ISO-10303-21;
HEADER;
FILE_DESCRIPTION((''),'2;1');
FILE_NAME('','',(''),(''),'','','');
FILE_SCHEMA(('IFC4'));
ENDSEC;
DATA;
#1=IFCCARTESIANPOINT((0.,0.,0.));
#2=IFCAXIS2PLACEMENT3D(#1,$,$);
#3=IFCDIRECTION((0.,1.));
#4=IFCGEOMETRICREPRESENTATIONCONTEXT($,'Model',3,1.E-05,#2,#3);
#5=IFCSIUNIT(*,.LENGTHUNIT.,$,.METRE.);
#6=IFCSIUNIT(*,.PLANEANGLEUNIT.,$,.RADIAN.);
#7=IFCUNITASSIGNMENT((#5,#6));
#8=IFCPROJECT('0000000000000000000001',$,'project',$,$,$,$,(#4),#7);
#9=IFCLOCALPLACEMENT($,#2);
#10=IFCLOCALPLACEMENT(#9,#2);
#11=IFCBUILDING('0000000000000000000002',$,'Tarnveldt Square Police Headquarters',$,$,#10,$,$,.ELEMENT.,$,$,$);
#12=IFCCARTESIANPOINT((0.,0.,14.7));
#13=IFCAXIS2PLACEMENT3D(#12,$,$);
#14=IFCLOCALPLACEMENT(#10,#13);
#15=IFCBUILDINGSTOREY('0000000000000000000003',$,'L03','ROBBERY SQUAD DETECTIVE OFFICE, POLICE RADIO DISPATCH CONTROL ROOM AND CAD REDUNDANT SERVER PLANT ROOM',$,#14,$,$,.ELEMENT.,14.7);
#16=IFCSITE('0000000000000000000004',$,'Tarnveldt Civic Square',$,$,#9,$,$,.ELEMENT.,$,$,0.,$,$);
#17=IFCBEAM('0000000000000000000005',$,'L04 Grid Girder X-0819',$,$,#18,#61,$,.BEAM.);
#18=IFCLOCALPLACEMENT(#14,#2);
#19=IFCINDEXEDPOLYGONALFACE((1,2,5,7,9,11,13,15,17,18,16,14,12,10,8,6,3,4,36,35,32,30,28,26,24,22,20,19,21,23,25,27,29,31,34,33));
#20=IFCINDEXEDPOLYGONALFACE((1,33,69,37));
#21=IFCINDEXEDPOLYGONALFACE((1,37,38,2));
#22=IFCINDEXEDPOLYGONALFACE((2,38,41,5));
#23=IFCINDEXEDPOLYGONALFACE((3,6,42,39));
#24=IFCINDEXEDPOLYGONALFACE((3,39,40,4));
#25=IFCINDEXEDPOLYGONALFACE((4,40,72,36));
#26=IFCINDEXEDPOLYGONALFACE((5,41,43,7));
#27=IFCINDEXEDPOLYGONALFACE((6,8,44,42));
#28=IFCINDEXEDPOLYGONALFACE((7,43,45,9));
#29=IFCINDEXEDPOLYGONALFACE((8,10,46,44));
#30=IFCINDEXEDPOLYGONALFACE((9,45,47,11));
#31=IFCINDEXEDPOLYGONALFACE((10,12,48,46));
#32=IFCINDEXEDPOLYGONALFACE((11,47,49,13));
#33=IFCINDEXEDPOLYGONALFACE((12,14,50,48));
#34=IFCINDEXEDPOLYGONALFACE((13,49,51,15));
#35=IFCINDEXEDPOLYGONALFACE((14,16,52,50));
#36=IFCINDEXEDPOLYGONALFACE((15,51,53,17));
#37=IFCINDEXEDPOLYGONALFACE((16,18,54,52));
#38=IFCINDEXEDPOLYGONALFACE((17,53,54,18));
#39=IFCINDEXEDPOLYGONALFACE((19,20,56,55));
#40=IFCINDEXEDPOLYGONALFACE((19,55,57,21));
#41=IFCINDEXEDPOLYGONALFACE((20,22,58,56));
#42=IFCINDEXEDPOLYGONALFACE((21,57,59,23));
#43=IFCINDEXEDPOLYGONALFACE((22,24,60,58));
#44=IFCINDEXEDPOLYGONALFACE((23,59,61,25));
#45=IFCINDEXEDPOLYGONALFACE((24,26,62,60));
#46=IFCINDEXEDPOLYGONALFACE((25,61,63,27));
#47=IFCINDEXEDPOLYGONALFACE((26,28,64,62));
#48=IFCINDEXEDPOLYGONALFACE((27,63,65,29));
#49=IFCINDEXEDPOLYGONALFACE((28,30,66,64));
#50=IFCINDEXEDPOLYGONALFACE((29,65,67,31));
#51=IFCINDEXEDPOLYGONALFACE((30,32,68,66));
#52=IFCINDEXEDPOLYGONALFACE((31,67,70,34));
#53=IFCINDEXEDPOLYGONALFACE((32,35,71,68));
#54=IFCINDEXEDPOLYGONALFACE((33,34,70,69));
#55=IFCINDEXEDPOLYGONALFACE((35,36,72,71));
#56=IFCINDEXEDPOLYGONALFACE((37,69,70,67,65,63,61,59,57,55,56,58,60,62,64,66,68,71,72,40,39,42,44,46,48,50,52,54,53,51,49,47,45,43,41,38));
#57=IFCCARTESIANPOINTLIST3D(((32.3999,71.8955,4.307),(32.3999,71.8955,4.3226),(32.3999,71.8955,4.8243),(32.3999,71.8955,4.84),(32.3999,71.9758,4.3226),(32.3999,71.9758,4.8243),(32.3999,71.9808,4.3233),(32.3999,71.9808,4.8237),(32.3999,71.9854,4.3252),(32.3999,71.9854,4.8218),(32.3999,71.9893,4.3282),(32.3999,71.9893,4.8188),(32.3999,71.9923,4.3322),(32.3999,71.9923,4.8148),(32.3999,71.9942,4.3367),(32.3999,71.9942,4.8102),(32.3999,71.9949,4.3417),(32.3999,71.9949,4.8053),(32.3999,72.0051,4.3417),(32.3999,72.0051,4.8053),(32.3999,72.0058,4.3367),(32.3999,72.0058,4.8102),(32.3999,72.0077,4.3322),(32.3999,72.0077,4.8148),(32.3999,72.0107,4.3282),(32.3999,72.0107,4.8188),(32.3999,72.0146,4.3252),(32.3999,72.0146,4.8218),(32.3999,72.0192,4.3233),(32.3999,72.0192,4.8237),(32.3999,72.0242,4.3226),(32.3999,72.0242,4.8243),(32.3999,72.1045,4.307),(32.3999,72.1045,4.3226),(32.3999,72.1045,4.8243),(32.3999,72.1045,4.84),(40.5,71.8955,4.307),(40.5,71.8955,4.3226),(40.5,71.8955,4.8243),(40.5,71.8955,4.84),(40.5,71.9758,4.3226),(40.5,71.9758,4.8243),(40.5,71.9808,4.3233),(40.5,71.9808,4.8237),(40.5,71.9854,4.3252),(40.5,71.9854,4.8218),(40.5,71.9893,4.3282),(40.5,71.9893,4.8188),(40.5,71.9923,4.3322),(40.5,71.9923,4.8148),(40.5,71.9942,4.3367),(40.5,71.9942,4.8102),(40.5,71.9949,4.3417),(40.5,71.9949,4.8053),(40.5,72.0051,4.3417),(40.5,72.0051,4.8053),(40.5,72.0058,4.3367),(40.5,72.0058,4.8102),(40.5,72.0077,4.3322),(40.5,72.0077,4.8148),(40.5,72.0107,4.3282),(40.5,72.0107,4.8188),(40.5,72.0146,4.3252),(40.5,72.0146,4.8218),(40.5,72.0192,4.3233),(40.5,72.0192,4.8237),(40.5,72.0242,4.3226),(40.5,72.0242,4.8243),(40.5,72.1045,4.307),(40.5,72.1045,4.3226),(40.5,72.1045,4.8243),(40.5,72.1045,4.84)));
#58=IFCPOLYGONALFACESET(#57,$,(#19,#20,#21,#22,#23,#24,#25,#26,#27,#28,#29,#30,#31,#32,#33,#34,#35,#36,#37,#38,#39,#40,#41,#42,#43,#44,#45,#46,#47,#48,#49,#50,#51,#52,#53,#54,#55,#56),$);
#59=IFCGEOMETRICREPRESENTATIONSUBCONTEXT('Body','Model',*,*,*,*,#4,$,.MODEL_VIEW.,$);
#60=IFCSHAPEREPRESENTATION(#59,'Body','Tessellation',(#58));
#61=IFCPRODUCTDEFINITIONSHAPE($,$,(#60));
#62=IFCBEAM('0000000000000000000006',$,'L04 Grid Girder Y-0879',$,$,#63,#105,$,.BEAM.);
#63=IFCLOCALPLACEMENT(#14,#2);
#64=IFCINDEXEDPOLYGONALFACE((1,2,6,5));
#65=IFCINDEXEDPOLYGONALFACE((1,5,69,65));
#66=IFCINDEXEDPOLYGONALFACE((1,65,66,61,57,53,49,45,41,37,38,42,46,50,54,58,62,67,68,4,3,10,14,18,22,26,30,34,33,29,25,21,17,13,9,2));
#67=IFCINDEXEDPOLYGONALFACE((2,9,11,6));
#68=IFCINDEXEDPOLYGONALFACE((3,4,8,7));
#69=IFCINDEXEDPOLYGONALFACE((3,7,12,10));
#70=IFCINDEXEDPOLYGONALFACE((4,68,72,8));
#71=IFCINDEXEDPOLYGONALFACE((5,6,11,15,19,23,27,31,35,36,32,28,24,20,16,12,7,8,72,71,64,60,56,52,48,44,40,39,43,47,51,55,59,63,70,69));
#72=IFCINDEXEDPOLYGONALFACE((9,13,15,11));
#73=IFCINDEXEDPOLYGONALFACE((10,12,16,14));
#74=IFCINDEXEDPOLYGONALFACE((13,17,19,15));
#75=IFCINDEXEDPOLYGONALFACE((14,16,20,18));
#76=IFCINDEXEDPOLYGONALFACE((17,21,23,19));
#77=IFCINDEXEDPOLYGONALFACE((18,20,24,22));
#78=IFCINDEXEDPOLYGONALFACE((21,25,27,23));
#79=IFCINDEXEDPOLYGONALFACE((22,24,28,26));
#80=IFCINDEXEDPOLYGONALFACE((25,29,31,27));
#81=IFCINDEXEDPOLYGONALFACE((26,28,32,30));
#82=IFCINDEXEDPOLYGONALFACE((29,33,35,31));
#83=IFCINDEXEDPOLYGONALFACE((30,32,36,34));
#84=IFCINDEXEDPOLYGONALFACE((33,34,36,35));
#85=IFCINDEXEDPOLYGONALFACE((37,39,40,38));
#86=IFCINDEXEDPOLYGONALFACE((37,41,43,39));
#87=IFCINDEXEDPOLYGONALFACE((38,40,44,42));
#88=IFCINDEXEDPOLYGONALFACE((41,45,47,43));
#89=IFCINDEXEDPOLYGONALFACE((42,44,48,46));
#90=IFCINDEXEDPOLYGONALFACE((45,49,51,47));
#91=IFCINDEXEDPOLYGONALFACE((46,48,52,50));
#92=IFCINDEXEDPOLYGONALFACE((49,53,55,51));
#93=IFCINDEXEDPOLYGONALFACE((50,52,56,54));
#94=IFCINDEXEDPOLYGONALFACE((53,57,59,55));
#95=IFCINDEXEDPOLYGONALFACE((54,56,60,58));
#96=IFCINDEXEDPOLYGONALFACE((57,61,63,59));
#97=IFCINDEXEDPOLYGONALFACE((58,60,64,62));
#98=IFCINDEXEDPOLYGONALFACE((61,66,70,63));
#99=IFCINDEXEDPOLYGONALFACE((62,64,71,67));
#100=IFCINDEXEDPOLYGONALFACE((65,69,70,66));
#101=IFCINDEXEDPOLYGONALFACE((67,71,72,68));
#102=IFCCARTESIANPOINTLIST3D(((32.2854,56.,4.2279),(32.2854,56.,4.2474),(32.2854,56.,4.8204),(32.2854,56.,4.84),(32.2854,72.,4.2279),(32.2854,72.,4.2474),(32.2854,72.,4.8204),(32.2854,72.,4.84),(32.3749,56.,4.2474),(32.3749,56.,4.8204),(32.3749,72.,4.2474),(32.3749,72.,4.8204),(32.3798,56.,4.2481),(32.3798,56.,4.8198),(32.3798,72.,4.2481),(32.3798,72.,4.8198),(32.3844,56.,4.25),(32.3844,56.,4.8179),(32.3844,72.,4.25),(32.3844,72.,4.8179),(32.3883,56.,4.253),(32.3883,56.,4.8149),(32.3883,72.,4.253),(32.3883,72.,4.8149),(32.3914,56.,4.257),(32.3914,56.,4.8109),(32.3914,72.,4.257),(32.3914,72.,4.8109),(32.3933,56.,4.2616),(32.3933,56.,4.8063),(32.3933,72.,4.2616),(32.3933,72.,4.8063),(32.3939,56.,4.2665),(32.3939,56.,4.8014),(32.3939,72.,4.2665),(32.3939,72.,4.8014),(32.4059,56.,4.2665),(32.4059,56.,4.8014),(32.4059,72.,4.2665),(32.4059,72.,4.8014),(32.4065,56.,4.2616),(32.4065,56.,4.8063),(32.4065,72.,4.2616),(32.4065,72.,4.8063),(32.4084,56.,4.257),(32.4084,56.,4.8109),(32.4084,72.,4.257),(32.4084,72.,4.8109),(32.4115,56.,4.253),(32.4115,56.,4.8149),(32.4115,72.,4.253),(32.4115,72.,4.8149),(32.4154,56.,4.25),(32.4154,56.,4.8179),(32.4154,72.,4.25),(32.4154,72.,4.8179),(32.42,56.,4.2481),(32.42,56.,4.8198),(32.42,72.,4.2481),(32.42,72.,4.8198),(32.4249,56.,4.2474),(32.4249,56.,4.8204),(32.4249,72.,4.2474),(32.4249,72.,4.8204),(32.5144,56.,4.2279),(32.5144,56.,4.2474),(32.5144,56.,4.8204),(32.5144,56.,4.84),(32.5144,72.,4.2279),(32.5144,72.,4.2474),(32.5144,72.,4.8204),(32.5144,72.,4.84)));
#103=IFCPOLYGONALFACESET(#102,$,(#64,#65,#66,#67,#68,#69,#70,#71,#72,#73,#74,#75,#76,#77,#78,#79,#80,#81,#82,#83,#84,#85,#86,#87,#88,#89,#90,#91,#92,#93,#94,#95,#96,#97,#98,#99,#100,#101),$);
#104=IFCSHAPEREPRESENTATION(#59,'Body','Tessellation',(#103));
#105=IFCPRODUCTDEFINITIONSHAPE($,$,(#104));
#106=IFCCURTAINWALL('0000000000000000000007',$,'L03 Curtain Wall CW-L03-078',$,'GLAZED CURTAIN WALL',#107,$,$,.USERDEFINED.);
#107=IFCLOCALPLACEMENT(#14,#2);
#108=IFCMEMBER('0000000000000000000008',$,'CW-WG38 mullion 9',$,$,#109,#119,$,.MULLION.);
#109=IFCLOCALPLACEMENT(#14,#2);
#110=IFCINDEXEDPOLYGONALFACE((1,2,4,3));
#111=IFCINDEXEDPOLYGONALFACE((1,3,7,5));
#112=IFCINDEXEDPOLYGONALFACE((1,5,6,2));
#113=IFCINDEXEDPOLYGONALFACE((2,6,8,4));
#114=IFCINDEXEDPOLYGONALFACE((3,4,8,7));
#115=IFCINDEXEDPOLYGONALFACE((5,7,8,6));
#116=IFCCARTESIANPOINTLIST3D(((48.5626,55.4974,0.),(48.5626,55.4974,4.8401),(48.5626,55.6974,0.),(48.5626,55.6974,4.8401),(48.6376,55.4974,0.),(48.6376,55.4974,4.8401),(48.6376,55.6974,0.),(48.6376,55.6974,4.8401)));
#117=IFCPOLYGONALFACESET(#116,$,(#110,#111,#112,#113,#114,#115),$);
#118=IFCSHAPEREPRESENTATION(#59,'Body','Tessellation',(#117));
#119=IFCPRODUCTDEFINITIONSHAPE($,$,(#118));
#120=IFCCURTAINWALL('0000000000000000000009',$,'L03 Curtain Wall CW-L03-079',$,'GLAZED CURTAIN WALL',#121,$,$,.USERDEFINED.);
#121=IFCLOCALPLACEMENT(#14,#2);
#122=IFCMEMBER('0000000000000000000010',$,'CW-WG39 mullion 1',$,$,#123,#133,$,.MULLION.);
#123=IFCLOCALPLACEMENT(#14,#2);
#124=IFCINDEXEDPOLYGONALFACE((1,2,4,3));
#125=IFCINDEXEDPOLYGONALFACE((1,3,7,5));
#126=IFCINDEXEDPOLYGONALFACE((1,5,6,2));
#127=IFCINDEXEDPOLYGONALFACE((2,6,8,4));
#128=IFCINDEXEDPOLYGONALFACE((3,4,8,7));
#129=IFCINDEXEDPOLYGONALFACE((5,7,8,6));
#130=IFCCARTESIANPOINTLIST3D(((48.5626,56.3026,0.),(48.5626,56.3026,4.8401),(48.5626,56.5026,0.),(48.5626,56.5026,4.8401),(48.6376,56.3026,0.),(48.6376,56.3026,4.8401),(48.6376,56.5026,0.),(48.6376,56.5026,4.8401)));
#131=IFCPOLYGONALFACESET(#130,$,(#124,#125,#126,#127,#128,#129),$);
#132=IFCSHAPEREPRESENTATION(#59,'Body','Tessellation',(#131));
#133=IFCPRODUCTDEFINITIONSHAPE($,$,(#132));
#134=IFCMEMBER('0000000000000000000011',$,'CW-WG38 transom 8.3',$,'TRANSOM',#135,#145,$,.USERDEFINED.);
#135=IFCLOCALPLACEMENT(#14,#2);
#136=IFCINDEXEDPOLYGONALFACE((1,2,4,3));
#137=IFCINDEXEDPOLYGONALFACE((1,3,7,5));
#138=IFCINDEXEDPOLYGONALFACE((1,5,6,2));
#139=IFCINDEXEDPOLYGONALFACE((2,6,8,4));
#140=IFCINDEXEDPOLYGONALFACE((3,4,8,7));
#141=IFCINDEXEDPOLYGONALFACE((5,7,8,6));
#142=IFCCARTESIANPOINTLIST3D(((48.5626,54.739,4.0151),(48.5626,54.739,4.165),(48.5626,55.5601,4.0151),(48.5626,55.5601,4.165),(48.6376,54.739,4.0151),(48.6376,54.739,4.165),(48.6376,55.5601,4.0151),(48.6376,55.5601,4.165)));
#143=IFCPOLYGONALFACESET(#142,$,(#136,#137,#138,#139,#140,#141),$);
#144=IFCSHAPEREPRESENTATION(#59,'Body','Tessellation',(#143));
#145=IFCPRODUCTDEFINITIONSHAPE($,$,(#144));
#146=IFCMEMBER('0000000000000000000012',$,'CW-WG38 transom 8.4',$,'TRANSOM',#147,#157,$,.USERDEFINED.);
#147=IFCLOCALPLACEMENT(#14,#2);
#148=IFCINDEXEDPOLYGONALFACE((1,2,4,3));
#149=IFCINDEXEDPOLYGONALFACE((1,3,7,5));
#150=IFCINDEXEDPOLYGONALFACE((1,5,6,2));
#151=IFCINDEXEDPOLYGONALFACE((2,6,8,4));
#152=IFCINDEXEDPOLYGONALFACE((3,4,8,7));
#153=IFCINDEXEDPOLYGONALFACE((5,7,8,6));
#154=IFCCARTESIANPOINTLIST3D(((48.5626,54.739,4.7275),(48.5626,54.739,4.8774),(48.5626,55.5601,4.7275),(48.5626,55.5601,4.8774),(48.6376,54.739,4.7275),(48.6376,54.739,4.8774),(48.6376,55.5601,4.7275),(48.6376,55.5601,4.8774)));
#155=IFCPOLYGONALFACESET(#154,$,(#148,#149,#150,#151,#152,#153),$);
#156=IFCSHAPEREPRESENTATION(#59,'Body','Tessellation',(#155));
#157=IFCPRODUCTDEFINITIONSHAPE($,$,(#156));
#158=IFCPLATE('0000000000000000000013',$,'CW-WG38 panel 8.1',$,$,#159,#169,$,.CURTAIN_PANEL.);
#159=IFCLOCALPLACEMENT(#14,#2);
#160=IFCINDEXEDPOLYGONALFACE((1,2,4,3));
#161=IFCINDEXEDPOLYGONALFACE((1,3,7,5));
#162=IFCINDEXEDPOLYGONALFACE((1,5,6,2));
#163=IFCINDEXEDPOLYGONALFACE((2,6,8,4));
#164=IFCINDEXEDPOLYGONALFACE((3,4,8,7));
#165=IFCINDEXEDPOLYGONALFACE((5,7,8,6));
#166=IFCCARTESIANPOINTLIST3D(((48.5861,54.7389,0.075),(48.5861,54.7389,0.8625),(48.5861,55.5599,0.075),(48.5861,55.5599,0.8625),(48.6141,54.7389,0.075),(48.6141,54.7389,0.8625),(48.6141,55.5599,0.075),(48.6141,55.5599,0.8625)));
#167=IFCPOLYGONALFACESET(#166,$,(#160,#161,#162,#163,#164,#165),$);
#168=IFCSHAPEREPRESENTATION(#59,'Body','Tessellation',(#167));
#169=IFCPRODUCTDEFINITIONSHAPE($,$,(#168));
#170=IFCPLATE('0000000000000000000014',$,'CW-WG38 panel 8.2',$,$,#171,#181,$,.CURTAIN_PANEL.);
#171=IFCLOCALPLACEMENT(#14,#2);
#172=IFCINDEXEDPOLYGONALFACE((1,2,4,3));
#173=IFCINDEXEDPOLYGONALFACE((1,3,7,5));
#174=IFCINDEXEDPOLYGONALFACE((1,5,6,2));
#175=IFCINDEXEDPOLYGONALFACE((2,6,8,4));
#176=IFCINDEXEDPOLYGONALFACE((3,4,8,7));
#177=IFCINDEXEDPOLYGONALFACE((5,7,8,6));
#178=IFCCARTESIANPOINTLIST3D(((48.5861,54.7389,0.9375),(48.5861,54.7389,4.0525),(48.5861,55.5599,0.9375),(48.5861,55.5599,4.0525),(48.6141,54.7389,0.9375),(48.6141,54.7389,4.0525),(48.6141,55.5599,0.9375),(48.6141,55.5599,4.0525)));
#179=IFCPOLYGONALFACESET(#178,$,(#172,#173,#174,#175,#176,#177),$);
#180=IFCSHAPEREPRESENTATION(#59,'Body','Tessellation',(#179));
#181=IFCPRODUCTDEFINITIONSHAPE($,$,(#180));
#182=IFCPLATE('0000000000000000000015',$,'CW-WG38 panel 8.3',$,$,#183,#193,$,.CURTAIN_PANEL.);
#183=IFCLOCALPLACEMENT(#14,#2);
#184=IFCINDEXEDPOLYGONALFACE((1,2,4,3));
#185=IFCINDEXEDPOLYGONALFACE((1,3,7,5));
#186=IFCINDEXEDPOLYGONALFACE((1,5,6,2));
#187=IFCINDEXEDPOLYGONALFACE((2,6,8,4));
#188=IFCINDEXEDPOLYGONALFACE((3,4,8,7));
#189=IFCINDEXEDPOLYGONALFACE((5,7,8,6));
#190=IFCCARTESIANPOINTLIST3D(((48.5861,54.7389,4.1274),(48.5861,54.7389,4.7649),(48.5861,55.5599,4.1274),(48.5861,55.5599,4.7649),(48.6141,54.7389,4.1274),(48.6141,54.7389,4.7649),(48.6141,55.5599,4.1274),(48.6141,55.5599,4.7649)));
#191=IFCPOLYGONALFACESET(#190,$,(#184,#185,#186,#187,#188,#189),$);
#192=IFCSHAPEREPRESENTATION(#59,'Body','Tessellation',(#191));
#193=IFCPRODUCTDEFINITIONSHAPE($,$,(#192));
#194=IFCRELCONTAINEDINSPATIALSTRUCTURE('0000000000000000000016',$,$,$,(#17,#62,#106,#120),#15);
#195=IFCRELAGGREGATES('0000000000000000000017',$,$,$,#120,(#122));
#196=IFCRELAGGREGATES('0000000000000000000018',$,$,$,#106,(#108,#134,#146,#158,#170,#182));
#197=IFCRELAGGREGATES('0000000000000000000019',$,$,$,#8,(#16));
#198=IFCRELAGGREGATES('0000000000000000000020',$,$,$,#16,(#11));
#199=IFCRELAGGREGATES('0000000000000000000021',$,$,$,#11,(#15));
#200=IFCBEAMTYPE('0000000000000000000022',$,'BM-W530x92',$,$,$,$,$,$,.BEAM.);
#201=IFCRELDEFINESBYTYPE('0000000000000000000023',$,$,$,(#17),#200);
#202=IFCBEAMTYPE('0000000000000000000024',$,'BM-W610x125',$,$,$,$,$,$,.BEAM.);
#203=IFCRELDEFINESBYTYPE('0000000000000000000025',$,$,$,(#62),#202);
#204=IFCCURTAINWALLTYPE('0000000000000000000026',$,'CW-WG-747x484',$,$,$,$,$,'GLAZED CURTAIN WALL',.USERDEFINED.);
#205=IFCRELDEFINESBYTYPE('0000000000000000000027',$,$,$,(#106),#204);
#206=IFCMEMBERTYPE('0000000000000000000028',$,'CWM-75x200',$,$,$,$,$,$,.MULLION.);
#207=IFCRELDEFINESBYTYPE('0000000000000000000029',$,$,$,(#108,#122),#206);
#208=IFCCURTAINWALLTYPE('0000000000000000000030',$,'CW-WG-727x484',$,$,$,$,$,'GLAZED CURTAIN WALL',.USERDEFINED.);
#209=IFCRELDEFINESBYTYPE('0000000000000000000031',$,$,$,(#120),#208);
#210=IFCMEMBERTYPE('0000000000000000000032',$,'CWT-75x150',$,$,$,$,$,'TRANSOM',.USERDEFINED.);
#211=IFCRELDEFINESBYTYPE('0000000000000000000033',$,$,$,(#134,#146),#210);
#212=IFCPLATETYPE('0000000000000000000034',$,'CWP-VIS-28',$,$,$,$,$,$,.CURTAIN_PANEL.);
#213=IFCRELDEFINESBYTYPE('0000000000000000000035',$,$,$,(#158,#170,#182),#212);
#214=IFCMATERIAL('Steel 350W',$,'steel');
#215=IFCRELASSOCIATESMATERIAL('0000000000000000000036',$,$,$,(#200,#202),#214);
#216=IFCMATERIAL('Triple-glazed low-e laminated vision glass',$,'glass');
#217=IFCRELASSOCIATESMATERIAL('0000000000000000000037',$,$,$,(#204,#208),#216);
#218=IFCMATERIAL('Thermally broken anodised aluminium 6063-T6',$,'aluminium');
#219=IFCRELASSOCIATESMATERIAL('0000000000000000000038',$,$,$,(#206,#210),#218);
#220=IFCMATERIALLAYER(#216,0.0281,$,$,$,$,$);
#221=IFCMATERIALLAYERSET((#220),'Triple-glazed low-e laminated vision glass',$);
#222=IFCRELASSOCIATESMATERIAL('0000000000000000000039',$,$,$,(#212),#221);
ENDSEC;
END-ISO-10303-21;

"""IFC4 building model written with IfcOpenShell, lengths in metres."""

from ifc_helpers import new_model, si_unit, direction, frame, origin, origin_2d, place, context, subcontext, project, spatial, rectangle, i_section, extrude, material, layer, layer_set, material_profile, profile_set, type_object, element, aggregate, save


model = new_model("IFC4")

# Units and contexts
model_context = context("Model", 3, precision=1e-05, world=origin(), true_north=direction((0.0, 1.0)))
body_context = subcontext(model_context, "Body", "Model", "MODEL_VIEW")
ifc_project = project(units=[si_unit("LENGTHUNIT", "METRE"), si_unit("PLANEANGLEUNIT", "RADIAN")], contexts=[model_context])

# Site, building, storey
site_placement = place(None, origin())
site = spatial("IfcSite", under=ifc_project, at=site_placement, Name="Tarnveldt Civic Square", CompositionType="ELEMENT", RefElevation=0.0)
building_placement = place(site_placement, origin())
building = spatial("IfcBuilding", under=site, at=building_placement, Name="Tarnveldt Square Police Headquarters", CompositionType="ELEMENT")
storey_placement = place(building_placement, frame((0.0, 0.0, 14.7)))
storey = spatial("IfcBuildingStorey", under=building, at=storey_placement, Name="L03", Description="ROBBERY SQUAD DETECTIVE OFFICE, POLICE RADIO DISPATCH CONTROL ROOM AND CAD REDUNDANT SERVER PLANT ROOM", CompositionType="ELEMENT", Elevation=14.7)

# Shared definitions
ifc_material_1 = material(Name="Steel 350W", Category="steel")

# Beams
ifc_material_profile_1 = material_profile(ifc_material_1, i_section(OverallWidth=0.209, OverallDepth=0.533, WebThickness=0.0103, FlangeThickness=0.0156, FilletRadius=0.019, at=origin_2d()), Name="W530x92")
ifc_profile_set_1 = profile_set([ifc_material_profile_1], Name="Steel 350W")
beam_type_1 = type_object("IfcBeamType", Name="BM-W530x92", PredefinedType="BEAM", material=ifc_profile_set_1)
beam_1_placement = place(storey_placement, frame((32.3999, 72.0, 4.5735), z_axis=(1.0, 0.0, 0.0), x_axis=(0.0, 1.0, 0.0)))
element("IfcBeam", 1, at=beam_1_placement, inside=storey, type_object=beam_type_1, Name="L04 Grid Girder X-0819", PredefinedType="BEAM", context=body_context, shape_type="SweptSolid", body=[
    extrude(i_section(OverallWidth=0.209, OverallDepth=0.533, WebThickness=0.0103, FlangeThickness=0.0156, FilletRadius=0.019, at=origin_2d()), origin(), (0.0, 0.0, 1.0), 8.1001),
])
ifc_material_profile_2 = material_profile(ifc_material_1, i_section(OverallWidth=0.229, OverallDepth=0.6121, WebThickness=0.012, FlangeThickness=0.0195, FilletRadius=0.019, at=origin_2d()), Name="W610x125")
ifc_profile_set_2 = profile_set([ifc_material_profile_2], Name="Steel 350W")
beam_type_2 = type_object("IfcBeamType", Name="BM-W610x125", PredefinedType="BEAM", material=ifc_profile_set_2)
beam_2_placement = place(storey_placement, frame((32.3999, 56.0, 4.5339), z_axis=(0.0, 1.0, 0.0), x_axis=(-1.0, 0.0, 0.0)))
element("IfcBeam", 2, at=beam_2_placement, inside=storey, type_object=beam_type_2, Name="L04 Grid Girder Y-0879", PredefinedType="BEAM", context=body_context, shape_type="SweptSolid", body=[
    extrude(i_section(OverallWidth=0.229, OverallDepth=0.6121, WebThickness=0.012, FlangeThickness=0.0195, FilletRadius=0.019, at=origin_2d()), origin(), (0.0, 0.0, 1.0), 16.0),
])

# Curtain walls, members
ifc_material_2 = material(Name="Triple-glazed low-e laminated vision glass", Category="glass")
curtain_wall_type_1 = type_object("IfcCurtainWallType", Name="CW-WG-747x484", ElementType="GLAZED CURTAIN WALL", PredefinedType="USERDEFINED", material=ifc_material_2)
curtain_wall_1_placement = place(storey_placement, origin())
curtain_wall_1 = element("IfcCurtainWall", 3, at=curtain_wall_1_placement, inside=storey, type_object=curtain_wall_type_1, Name="L03 Curtain Wall CW-L03-078", ObjectType="GLAZED CURTAIN WALL", PredefinedType="USERDEFINED")
ifc_material_3 = material(Name="Thermally broken anodised aluminium 6063-T6", Category="aluminium")
ifc_material_profile_3 = material_profile(ifc_material_3, rectangle(XDim=0.075, YDim=0.2, at=origin_2d()), Name="CW-M75x200")
ifc_profile_set_3 = profile_set([ifc_material_profile_3], Name="Thermally broken anodised aluminium 6063-T6")
member_type_1 = type_object("IfcMemberType", Name="CWM-75x200", PredefinedType="MULLION", material=ifc_profile_set_3)
member_1_placement = place(storey_placement, frame((48.6001, 55.5974, 0.0), z_axis=(0.0, 0.0, 1.0), x_axis=(-1.0, 0.0, 0.0)))
member_1 = element("IfcMember", 4, at=member_1_placement, type_object=member_type_1, Name="CW-WG38 mullion 9", PredefinedType="MULLION", context=body_context, shape_type="SweptSolid", body=[
    extrude(rectangle(XDim=0.075, YDim=0.2, at=origin_2d()), origin(), (0.0, 0.0, 1.0), 4.8401),
])
curtain_wall_type_2 = type_object("IfcCurtainWallType", Name="CW-WG-727x484", ElementType="GLAZED CURTAIN WALL", PredefinedType="USERDEFINED", material=ifc_material_2)
curtain_wall_2_placement = place(storey_placement, origin())
curtain_wall_2 = element("IfcCurtainWall", 5, at=curtain_wall_2_placement, inside=storey, type_object=curtain_wall_type_2, Name="L03 Curtain Wall CW-L03-079", ObjectType="GLAZED CURTAIN WALL", PredefinedType="USERDEFINED")
member_2_placement = place(storey_placement, frame((48.6001, 56.4026, 0.0), z_axis=(0.0, 0.0, 1.0), x_axis=(-1.0, 0.0, 0.0)))
member_2 = element("IfcMember", 6, at=member_2_placement, type_object=member_type_1, Name="CW-WG39 mullion 1", PredefinedType="MULLION", context=body_context, shape_type="SweptSolid", body=[
    extrude(rectangle(XDim=0.075, YDim=0.2, at=origin_2d()), origin(), (0.0, 0.0, 1.0), 4.8401),
])
aggregate(curtain_wall_2, [member_2])

# Members
ifc_material_profile_4 = material_profile(ifc_material_3, rectangle(XDim=0.075, YDim=0.1499, at=origin_2d()), Name="CW-T75x150")
ifc_profile_set_4 = profile_set([ifc_material_profile_4], Name="Thermally broken anodised aluminium 6063-T6")
member_type_2 = type_object("IfcMemberType", Name="CWT-75x150", ElementType="TRANSOM", PredefinedType="USERDEFINED", material=ifc_profile_set_4)
member_3_placement = place(storey_placement, frame((48.6001, 54.739, 4.0901), z_axis=(0.0, 1.0, 0.0), x_axis=(-1.0, 0.0, 0.0)))
member_3 = element("IfcMember", 7, at=member_3_placement, type_object=member_type_2, Name="CW-WG38 transom 8.3", ObjectType="TRANSOM", PredefinedType="USERDEFINED", context=body_context, shape_type="SweptSolid", body=[
    extrude(rectangle(XDim=0.075, YDim=0.1499, at=origin_2d()), origin(), (0.0, 0.0, 1.0), 0.821),
])
member_4_placement = place(storey_placement, frame((48.6001, 54.739, 4.8025), z_axis=(0.0, 1.0, 0.0), x_axis=(-1.0, 0.0, 0.0)))
member_4 = element("IfcMember", 8, at=member_4_placement, type_object=member_type_2, Name="CW-WG38 transom 8.4", ObjectType="TRANSOM", PredefinedType="USERDEFINED", context=body_context, shape_type="SweptSolid", body=[
    extrude(rectangle(XDim=0.075, YDim=0.1499, at=origin_2d()), origin(), (0.0, 0.0, 1.0), 0.821),
])

# Plates
ifc_layer_1 = layer(ifc_material_2, 0.0281)
ifc_layer_set_1 = layer_set([ifc_layer_1], Name="Triple-glazed low-e laminated vision glass")
plate_type = type_object("IfcPlateType", Name="CWP-VIS-28", PredefinedType="CURTAIN_PANEL", material=ifc_layer_set_1)
plate_1_placement = place(storey_placement, frame((48.6001, 55.1494, 0.075), z_axis=(0.0, 0.0, 1.0), x_axis=(0.0, 1.0, 0.0)))
plate_1 = element("IfcPlate", 9, at=plate_1_placement, type_object=plate_type, Name="CW-WG38 panel 8.1", PredefinedType="CURTAIN_PANEL", context=body_context, shape_type="SweptSolid", body=[
    extrude(rectangle(XDim=0.821, YDim=0.0281, at=origin_2d()), origin(), (0.0, 0.0, 1.0), 0.7876),
])
plate_2_placement = place(storey_placement, frame((48.6001, 55.1494, 0.9375), z_axis=(0.0, 0.0, 1.0), x_axis=(0.0, 1.0, 0.0)))
plate_2 = element("IfcPlate", 10, at=plate_2_placement, type_object=plate_type, Name="CW-WG38 panel 8.2", PredefinedType="CURTAIN_PANEL", context=body_context, shape_type="SweptSolid", body=[
    extrude(rectangle(XDim=0.821, YDim=0.0281, at=origin_2d()), origin(), (0.0, 0.0, 1.0), 3.115),
])
plate_3_placement = place(storey_placement, frame((48.6001, 55.1494, 4.1274), z_axis=(0.0, 0.0, 1.0), x_axis=(0.0, 1.0, 0.0)))
plate_3 = element("IfcPlate", 11, at=plate_3_placement, type_object=plate_type, Name="CW-WG38 panel 8.3", PredefinedType="CURTAIN_PANEL", context=body_context, shape_type="SweptSolid", body=[
    extrude(rectangle(XDim=0.821, YDim=0.0281, at=origin_2d()), origin(), (0.0, 0.0, 1.0), 0.6375),
])
aggregate(curtain_wall_1, [member_1, member_3, member_4, plate_1, plate_2, plate_3])

save(model, "model.ifc")
